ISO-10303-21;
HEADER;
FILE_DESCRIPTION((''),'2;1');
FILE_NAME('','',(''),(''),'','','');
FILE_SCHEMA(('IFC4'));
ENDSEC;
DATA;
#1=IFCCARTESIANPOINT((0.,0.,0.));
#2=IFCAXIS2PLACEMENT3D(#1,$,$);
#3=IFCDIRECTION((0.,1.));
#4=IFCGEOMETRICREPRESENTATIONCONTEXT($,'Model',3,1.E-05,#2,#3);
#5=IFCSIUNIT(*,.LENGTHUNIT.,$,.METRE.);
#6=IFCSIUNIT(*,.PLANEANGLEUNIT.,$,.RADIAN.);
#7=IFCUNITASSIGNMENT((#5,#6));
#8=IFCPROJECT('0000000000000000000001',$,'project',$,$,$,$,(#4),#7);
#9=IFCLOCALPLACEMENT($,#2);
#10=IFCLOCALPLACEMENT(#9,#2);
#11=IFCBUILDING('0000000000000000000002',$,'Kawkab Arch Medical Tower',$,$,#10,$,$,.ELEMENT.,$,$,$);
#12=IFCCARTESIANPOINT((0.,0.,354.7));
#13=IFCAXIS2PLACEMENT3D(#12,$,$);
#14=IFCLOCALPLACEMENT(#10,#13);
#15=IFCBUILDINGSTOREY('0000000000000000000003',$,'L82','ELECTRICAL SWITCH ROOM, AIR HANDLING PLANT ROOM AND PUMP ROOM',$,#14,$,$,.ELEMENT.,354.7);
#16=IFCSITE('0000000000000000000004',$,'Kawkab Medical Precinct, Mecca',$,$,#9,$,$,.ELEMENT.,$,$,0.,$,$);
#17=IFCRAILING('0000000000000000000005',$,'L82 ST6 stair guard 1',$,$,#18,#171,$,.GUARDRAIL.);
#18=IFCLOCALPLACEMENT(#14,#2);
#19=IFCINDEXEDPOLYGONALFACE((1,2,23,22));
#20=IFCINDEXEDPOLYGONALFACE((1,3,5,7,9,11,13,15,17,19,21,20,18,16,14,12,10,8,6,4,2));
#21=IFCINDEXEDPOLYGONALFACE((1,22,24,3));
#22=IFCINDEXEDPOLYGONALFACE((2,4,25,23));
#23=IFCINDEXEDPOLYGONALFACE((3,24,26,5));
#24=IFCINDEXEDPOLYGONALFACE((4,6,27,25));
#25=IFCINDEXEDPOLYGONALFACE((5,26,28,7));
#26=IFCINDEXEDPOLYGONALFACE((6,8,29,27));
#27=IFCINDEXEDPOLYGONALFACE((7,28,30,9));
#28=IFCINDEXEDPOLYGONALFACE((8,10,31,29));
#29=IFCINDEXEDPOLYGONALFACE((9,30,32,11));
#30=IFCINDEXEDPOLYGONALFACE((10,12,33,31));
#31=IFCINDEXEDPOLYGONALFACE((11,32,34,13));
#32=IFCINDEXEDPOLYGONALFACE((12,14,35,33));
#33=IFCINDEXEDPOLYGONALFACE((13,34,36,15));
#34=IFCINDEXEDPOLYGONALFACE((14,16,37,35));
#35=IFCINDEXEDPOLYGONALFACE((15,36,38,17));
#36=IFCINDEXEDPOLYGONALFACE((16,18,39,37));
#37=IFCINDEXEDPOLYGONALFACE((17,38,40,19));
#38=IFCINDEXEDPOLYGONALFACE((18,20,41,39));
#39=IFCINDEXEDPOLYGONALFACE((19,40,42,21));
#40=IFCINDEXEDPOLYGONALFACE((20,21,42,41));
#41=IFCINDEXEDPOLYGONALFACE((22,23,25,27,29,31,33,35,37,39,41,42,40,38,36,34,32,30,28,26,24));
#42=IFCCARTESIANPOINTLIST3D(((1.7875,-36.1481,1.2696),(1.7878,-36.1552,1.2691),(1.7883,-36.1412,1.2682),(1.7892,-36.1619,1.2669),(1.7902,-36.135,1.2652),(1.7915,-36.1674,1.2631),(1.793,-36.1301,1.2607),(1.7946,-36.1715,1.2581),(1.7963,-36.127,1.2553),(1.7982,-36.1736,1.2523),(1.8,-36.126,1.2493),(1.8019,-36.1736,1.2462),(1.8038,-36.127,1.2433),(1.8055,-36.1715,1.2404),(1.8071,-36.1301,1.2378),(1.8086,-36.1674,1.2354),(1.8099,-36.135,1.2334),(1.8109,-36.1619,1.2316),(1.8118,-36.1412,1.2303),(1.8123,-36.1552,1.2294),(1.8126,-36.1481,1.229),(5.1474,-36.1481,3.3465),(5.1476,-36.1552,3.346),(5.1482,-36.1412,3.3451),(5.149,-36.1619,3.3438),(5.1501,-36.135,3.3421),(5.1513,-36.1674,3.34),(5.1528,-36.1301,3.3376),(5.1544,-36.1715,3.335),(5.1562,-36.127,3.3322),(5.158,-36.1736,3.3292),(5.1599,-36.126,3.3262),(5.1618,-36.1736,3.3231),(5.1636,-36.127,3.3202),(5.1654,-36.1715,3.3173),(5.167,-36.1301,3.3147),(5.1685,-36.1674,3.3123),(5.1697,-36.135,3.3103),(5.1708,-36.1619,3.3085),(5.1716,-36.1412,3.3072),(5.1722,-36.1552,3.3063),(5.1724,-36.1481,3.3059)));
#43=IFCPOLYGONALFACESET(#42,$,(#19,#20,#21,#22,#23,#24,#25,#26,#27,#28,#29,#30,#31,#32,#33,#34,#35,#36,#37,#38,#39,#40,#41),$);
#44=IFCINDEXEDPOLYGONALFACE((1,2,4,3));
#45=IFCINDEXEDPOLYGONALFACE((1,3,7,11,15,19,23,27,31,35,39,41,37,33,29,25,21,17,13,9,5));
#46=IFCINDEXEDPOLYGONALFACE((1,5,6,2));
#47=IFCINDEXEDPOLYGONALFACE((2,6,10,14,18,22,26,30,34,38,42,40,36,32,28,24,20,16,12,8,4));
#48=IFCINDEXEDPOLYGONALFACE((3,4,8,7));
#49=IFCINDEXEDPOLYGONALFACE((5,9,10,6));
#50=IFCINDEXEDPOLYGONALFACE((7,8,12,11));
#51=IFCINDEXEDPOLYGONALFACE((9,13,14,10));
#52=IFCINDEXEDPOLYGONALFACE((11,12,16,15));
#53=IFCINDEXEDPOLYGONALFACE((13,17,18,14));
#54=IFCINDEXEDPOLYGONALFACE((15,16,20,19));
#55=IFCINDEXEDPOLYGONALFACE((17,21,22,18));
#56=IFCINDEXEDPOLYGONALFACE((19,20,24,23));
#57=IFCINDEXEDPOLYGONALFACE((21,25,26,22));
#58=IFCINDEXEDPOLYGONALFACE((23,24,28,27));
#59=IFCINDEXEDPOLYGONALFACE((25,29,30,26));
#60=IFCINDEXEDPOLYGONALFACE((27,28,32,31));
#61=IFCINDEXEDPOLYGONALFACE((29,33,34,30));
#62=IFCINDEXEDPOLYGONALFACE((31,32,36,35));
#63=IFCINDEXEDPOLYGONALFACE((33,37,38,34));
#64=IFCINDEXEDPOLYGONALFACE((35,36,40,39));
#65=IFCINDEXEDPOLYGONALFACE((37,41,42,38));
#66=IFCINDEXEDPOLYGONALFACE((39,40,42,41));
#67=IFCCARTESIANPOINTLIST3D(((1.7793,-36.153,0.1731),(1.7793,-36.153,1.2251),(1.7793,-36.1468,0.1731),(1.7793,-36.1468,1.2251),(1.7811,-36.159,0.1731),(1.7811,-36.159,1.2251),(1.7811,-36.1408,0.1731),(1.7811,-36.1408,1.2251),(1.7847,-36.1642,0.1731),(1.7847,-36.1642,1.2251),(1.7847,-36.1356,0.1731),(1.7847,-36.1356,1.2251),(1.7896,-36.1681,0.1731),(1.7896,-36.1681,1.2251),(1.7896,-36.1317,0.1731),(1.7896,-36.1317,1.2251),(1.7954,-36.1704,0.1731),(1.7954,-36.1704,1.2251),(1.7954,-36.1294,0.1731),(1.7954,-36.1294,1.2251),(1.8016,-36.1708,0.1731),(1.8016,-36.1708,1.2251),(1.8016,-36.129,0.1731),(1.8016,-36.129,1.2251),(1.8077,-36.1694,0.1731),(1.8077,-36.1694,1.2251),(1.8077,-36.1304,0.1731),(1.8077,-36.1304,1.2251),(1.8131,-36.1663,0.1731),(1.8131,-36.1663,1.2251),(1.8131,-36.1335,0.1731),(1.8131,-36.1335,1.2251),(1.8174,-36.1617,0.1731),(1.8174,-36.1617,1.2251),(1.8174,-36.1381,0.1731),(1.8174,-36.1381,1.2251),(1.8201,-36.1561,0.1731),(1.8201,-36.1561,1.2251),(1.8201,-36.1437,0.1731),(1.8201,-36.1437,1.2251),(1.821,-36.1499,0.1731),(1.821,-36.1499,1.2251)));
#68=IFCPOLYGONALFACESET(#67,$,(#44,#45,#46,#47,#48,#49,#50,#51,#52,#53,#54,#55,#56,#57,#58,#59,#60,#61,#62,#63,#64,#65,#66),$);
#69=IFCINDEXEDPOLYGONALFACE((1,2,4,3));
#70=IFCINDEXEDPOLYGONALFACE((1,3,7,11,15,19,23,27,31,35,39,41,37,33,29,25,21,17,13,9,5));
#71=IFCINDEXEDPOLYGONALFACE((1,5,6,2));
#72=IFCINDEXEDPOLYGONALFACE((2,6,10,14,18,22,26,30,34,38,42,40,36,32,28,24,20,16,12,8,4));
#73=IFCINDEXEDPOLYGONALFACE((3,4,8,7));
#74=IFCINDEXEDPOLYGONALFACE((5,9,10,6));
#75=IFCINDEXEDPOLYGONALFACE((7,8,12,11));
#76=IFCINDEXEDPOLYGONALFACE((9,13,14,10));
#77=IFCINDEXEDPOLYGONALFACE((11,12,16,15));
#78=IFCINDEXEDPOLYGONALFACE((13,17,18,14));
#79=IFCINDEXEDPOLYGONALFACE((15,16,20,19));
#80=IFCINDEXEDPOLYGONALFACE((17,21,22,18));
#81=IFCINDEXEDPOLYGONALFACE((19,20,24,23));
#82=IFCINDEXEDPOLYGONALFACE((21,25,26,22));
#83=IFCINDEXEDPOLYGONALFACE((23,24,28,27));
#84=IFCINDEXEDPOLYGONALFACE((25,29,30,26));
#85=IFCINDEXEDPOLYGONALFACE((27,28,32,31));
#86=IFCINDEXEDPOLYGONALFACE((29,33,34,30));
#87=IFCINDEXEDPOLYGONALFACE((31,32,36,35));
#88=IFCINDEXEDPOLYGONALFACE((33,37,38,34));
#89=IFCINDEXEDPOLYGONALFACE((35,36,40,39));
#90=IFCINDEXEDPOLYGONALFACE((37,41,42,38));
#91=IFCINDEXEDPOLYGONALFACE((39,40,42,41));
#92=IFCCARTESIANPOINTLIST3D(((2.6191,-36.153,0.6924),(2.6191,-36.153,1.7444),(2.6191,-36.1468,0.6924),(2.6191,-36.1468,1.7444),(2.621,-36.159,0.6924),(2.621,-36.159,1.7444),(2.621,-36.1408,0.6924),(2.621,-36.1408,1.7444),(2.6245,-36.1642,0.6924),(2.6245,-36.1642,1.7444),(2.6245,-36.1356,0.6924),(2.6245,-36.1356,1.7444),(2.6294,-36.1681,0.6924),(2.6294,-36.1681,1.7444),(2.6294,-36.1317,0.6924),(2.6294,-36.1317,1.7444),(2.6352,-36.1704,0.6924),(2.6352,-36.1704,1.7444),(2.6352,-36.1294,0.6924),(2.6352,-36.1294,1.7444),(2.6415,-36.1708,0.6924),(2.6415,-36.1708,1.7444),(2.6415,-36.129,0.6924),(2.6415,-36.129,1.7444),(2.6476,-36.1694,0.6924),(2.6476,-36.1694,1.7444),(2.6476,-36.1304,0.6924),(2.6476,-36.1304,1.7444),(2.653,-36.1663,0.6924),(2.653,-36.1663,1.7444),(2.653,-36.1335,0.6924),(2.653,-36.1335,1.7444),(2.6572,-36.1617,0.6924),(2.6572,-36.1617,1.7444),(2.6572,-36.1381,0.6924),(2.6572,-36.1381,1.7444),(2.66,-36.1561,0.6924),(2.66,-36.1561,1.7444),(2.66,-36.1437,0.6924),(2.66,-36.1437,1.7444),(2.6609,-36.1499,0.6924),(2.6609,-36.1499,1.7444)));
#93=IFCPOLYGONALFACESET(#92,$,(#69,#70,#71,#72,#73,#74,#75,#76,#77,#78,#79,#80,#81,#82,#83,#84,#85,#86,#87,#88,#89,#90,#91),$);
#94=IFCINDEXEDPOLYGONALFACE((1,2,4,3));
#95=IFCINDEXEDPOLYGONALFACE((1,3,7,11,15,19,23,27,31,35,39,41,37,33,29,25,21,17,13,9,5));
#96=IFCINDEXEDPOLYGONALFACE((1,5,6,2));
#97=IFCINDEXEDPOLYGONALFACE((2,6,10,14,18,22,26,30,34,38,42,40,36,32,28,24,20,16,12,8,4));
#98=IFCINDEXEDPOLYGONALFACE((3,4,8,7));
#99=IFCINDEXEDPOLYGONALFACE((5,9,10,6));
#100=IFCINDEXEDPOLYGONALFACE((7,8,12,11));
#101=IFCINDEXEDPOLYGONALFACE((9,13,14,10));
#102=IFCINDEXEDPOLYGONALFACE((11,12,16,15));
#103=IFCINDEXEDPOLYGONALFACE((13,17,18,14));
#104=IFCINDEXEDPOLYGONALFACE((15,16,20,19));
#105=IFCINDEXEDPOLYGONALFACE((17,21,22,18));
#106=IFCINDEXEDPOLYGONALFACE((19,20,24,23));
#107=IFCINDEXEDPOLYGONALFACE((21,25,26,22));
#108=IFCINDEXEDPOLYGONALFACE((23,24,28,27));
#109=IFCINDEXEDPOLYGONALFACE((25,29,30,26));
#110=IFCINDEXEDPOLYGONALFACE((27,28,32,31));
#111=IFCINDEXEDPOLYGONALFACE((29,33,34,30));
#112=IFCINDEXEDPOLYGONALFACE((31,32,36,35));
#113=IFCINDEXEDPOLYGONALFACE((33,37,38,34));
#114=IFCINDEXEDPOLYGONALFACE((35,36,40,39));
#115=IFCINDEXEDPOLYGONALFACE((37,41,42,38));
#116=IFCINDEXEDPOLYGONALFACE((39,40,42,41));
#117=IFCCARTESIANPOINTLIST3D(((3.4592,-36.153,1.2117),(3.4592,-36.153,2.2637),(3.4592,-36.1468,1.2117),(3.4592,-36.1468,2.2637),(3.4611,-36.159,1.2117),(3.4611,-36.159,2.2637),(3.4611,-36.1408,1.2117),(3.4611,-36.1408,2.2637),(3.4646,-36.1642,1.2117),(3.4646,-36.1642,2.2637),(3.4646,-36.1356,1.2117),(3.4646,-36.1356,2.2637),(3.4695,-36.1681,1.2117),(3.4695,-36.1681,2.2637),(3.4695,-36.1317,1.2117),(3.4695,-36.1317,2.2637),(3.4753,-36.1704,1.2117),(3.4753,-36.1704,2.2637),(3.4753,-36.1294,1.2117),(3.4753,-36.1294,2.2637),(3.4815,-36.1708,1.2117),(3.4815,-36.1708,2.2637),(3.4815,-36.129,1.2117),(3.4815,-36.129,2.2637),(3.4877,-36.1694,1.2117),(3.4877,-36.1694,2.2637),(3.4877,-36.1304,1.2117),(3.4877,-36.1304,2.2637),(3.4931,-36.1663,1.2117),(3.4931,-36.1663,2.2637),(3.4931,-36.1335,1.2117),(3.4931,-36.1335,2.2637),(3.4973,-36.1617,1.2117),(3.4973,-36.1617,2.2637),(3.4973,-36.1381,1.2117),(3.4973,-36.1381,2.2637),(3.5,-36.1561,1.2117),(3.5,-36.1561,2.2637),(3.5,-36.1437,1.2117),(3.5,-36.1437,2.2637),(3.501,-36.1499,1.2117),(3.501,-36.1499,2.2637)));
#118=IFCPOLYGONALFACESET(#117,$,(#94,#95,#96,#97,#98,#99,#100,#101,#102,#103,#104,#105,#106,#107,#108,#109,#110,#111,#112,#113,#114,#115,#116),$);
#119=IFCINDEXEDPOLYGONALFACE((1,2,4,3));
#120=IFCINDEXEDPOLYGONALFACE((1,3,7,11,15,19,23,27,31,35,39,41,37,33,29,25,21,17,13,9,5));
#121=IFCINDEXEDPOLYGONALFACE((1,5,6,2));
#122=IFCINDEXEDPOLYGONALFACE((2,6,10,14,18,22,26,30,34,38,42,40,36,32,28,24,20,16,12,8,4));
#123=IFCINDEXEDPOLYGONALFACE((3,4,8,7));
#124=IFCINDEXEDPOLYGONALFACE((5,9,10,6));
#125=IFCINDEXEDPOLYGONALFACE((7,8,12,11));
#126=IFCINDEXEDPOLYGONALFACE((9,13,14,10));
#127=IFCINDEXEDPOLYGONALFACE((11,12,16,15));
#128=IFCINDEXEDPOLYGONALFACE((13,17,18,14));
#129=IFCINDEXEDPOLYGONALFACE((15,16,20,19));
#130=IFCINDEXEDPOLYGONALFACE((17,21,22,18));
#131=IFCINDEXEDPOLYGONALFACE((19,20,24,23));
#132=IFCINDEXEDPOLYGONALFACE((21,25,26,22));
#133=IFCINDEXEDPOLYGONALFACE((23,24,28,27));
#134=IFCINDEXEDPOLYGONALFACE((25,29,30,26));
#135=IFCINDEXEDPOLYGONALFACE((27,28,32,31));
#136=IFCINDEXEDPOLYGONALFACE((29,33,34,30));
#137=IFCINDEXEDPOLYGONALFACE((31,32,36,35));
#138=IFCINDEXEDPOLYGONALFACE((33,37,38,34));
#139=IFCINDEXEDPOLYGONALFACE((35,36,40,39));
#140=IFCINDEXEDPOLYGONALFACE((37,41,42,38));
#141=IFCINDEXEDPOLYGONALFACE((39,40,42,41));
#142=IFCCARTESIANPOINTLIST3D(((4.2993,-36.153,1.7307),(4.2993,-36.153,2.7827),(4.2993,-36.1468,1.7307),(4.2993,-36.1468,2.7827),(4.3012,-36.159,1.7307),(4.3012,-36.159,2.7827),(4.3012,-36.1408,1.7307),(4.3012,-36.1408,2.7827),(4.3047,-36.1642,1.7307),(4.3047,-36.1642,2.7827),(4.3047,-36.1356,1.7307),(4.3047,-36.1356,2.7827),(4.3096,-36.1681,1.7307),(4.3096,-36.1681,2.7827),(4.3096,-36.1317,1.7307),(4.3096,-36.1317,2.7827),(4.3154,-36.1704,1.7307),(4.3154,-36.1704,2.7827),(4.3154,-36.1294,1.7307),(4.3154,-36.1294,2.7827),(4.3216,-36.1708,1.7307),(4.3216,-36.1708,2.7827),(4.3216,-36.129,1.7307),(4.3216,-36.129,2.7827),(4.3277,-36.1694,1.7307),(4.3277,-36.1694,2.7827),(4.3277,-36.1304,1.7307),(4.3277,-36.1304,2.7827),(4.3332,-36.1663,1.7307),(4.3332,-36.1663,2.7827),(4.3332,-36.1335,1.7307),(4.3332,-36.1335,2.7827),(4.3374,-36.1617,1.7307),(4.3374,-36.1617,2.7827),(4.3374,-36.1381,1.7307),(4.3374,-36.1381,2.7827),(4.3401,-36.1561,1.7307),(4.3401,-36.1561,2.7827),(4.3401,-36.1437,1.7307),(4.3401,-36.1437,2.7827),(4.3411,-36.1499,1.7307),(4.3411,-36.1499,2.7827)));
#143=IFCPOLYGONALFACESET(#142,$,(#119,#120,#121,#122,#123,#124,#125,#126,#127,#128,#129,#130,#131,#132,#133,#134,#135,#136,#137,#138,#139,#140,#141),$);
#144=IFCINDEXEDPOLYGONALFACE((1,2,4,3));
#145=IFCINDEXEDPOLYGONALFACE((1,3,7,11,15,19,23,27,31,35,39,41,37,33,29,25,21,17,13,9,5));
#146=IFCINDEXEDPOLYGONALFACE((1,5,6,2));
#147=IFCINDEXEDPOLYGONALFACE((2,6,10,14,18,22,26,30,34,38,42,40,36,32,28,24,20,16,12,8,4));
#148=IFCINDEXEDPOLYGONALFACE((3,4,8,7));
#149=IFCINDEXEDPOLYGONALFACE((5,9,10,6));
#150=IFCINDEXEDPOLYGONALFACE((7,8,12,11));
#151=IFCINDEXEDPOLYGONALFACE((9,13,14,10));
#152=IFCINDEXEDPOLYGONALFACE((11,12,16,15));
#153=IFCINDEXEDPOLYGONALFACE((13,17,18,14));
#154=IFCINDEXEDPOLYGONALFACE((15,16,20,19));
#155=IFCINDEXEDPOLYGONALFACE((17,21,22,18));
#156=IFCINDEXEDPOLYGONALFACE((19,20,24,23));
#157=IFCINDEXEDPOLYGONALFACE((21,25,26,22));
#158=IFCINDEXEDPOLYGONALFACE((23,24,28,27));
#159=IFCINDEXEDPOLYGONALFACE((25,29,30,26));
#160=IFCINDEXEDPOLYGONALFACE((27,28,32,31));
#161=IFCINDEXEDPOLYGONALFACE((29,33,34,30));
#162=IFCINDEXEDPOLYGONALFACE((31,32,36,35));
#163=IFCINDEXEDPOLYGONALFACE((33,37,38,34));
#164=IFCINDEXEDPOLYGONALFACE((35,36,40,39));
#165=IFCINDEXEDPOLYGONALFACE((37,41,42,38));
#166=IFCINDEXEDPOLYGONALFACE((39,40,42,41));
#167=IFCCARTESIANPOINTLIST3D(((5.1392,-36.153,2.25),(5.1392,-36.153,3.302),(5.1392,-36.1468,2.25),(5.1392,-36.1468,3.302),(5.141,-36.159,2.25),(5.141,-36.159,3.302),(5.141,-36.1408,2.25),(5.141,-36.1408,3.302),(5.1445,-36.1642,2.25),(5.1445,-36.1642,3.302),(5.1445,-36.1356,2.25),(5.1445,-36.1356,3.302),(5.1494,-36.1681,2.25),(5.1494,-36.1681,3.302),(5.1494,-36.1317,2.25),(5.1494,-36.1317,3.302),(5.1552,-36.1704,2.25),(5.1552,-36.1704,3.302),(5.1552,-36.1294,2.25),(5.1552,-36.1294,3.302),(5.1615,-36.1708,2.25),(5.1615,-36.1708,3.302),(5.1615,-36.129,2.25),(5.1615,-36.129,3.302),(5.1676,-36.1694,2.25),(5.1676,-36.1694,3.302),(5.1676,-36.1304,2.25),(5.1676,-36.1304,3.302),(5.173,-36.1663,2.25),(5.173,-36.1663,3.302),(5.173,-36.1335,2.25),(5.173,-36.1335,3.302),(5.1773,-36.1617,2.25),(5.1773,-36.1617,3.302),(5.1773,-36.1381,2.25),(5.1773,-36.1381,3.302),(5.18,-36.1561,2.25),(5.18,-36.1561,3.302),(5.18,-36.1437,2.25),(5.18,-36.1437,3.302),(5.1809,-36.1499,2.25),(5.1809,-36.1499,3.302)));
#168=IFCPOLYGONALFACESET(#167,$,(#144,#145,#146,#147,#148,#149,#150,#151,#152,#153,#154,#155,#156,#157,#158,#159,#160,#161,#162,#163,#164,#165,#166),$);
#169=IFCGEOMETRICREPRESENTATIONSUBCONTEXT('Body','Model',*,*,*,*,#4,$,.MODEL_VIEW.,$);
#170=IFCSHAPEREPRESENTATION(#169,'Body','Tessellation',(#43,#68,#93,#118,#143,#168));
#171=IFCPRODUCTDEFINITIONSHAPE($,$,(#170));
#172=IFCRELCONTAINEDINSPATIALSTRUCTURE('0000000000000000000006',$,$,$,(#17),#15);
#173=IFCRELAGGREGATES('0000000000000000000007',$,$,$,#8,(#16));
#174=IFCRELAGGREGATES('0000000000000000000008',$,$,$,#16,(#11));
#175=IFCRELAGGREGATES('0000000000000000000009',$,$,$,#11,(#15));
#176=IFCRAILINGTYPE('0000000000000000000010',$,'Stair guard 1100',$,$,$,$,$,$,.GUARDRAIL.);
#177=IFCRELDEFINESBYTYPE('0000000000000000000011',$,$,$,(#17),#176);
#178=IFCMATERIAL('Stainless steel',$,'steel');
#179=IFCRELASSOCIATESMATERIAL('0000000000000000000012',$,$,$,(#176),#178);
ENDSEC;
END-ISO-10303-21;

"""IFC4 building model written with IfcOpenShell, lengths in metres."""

from ifc_helpers import new_model, si_unit, direction, frame, origin, origin_2d, place, context, subcontext, project, spatial, circle, extrude, material, type_object, element, save


model = new_model("IFC4")

# Units and contexts
model_context = context("Model", 3, precision=1e-05, world=origin(), true_north=direction((0.0, 1.0)))
body_context = subcontext(model_context, "Body", "Model", "MODEL_VIEW")
ifc_project = project(units=[si_unit("LENGTHUNIT", "METRE"), si_unit("PLANEANGLEUNIT", "RADIAN")], contexts=[model_context])

# Site, building, storey
site_placement = place(None, origin())
site = spatial("IfcSite", under=ifc_project, at=site_placement, Name="Kawkab Medical Precinct, Mecca", CompositionType="ELEMENT", RefElevation=0.0)
building_placement = place(site_placement, origin())
building = spatial("IfcBuilding", under=site, at=building_placement, Name="Kawkab Arch Medical Tower", CompositionType="ELEMENT")
storey_placement = place(building_placement, frame((0.0, 0.0, 354.7)))
storey = spatial("IfcBuildingStorey", under=building, at=storey_placement, Name="L82", Description="ELECTRICAL SWITCH ROOM, AIR HANDLING PLANT ROOM AND PUMP ROOM", CompositionType="ELEMENT", Elevation=354.7)

# Railing
ifc_material_1 = material(Name="Stainless steel", Category="steel")
railing_type = type_object("IfcRailingType", Name="Stair guard 1100", PredefinedType="GUARDRAIL", material=ifc_material_1)
railing_1_placement = place(storey_placement, frame((1.8, -36.1499, 0.1731)))
element("IfcRailing", 1, at=railing_1_placement, inside=storey, type_object=railing_type, Name="L82 ST6 stair guard 1", PredefinedType="GUARDRAIL", context=body_context, shape_type="SweptSolid", body=[
    extrude(circle(Radius=0.0239, at=origin_2d()), frame((0.0, 0.0, 1.0762), z_axis=(0.850606, 0.0, 0.525803), x_axis=(0.0, 1.0, 0.0)), (0.0, 0.0, 1.0), 3.95),
    extrude(circle(Radius=0.021, at=origin_2d()), origin(), (0.0, 0.0, 1.0), 1.052),
    extrude(circle(Radius=0.021, at=origin_2d()), frame((0.8398, 0.0, 0.5193)), (0.0, 0.0, 1.0), 1.052),
    extrude(circle(Radius=0.021, at=origin_2d()), frame((1.6799, 0.0, 1.0386)), (0.0, 0.0, 1.0), 1.052),
    extrude(circle(Radius=0.021, at=origin_2d()), frame((2.52, 0.0, 1.5576)), (0.0, 0.0, 1.0), 1.052),
    extrude(circle(Radius=0.021, at=origin_2d()), frame((3.3599, 0.0, 2.0769)), (0.0, 0.0, 1.0), 1.052),
])

save(model, "model.ifc")
